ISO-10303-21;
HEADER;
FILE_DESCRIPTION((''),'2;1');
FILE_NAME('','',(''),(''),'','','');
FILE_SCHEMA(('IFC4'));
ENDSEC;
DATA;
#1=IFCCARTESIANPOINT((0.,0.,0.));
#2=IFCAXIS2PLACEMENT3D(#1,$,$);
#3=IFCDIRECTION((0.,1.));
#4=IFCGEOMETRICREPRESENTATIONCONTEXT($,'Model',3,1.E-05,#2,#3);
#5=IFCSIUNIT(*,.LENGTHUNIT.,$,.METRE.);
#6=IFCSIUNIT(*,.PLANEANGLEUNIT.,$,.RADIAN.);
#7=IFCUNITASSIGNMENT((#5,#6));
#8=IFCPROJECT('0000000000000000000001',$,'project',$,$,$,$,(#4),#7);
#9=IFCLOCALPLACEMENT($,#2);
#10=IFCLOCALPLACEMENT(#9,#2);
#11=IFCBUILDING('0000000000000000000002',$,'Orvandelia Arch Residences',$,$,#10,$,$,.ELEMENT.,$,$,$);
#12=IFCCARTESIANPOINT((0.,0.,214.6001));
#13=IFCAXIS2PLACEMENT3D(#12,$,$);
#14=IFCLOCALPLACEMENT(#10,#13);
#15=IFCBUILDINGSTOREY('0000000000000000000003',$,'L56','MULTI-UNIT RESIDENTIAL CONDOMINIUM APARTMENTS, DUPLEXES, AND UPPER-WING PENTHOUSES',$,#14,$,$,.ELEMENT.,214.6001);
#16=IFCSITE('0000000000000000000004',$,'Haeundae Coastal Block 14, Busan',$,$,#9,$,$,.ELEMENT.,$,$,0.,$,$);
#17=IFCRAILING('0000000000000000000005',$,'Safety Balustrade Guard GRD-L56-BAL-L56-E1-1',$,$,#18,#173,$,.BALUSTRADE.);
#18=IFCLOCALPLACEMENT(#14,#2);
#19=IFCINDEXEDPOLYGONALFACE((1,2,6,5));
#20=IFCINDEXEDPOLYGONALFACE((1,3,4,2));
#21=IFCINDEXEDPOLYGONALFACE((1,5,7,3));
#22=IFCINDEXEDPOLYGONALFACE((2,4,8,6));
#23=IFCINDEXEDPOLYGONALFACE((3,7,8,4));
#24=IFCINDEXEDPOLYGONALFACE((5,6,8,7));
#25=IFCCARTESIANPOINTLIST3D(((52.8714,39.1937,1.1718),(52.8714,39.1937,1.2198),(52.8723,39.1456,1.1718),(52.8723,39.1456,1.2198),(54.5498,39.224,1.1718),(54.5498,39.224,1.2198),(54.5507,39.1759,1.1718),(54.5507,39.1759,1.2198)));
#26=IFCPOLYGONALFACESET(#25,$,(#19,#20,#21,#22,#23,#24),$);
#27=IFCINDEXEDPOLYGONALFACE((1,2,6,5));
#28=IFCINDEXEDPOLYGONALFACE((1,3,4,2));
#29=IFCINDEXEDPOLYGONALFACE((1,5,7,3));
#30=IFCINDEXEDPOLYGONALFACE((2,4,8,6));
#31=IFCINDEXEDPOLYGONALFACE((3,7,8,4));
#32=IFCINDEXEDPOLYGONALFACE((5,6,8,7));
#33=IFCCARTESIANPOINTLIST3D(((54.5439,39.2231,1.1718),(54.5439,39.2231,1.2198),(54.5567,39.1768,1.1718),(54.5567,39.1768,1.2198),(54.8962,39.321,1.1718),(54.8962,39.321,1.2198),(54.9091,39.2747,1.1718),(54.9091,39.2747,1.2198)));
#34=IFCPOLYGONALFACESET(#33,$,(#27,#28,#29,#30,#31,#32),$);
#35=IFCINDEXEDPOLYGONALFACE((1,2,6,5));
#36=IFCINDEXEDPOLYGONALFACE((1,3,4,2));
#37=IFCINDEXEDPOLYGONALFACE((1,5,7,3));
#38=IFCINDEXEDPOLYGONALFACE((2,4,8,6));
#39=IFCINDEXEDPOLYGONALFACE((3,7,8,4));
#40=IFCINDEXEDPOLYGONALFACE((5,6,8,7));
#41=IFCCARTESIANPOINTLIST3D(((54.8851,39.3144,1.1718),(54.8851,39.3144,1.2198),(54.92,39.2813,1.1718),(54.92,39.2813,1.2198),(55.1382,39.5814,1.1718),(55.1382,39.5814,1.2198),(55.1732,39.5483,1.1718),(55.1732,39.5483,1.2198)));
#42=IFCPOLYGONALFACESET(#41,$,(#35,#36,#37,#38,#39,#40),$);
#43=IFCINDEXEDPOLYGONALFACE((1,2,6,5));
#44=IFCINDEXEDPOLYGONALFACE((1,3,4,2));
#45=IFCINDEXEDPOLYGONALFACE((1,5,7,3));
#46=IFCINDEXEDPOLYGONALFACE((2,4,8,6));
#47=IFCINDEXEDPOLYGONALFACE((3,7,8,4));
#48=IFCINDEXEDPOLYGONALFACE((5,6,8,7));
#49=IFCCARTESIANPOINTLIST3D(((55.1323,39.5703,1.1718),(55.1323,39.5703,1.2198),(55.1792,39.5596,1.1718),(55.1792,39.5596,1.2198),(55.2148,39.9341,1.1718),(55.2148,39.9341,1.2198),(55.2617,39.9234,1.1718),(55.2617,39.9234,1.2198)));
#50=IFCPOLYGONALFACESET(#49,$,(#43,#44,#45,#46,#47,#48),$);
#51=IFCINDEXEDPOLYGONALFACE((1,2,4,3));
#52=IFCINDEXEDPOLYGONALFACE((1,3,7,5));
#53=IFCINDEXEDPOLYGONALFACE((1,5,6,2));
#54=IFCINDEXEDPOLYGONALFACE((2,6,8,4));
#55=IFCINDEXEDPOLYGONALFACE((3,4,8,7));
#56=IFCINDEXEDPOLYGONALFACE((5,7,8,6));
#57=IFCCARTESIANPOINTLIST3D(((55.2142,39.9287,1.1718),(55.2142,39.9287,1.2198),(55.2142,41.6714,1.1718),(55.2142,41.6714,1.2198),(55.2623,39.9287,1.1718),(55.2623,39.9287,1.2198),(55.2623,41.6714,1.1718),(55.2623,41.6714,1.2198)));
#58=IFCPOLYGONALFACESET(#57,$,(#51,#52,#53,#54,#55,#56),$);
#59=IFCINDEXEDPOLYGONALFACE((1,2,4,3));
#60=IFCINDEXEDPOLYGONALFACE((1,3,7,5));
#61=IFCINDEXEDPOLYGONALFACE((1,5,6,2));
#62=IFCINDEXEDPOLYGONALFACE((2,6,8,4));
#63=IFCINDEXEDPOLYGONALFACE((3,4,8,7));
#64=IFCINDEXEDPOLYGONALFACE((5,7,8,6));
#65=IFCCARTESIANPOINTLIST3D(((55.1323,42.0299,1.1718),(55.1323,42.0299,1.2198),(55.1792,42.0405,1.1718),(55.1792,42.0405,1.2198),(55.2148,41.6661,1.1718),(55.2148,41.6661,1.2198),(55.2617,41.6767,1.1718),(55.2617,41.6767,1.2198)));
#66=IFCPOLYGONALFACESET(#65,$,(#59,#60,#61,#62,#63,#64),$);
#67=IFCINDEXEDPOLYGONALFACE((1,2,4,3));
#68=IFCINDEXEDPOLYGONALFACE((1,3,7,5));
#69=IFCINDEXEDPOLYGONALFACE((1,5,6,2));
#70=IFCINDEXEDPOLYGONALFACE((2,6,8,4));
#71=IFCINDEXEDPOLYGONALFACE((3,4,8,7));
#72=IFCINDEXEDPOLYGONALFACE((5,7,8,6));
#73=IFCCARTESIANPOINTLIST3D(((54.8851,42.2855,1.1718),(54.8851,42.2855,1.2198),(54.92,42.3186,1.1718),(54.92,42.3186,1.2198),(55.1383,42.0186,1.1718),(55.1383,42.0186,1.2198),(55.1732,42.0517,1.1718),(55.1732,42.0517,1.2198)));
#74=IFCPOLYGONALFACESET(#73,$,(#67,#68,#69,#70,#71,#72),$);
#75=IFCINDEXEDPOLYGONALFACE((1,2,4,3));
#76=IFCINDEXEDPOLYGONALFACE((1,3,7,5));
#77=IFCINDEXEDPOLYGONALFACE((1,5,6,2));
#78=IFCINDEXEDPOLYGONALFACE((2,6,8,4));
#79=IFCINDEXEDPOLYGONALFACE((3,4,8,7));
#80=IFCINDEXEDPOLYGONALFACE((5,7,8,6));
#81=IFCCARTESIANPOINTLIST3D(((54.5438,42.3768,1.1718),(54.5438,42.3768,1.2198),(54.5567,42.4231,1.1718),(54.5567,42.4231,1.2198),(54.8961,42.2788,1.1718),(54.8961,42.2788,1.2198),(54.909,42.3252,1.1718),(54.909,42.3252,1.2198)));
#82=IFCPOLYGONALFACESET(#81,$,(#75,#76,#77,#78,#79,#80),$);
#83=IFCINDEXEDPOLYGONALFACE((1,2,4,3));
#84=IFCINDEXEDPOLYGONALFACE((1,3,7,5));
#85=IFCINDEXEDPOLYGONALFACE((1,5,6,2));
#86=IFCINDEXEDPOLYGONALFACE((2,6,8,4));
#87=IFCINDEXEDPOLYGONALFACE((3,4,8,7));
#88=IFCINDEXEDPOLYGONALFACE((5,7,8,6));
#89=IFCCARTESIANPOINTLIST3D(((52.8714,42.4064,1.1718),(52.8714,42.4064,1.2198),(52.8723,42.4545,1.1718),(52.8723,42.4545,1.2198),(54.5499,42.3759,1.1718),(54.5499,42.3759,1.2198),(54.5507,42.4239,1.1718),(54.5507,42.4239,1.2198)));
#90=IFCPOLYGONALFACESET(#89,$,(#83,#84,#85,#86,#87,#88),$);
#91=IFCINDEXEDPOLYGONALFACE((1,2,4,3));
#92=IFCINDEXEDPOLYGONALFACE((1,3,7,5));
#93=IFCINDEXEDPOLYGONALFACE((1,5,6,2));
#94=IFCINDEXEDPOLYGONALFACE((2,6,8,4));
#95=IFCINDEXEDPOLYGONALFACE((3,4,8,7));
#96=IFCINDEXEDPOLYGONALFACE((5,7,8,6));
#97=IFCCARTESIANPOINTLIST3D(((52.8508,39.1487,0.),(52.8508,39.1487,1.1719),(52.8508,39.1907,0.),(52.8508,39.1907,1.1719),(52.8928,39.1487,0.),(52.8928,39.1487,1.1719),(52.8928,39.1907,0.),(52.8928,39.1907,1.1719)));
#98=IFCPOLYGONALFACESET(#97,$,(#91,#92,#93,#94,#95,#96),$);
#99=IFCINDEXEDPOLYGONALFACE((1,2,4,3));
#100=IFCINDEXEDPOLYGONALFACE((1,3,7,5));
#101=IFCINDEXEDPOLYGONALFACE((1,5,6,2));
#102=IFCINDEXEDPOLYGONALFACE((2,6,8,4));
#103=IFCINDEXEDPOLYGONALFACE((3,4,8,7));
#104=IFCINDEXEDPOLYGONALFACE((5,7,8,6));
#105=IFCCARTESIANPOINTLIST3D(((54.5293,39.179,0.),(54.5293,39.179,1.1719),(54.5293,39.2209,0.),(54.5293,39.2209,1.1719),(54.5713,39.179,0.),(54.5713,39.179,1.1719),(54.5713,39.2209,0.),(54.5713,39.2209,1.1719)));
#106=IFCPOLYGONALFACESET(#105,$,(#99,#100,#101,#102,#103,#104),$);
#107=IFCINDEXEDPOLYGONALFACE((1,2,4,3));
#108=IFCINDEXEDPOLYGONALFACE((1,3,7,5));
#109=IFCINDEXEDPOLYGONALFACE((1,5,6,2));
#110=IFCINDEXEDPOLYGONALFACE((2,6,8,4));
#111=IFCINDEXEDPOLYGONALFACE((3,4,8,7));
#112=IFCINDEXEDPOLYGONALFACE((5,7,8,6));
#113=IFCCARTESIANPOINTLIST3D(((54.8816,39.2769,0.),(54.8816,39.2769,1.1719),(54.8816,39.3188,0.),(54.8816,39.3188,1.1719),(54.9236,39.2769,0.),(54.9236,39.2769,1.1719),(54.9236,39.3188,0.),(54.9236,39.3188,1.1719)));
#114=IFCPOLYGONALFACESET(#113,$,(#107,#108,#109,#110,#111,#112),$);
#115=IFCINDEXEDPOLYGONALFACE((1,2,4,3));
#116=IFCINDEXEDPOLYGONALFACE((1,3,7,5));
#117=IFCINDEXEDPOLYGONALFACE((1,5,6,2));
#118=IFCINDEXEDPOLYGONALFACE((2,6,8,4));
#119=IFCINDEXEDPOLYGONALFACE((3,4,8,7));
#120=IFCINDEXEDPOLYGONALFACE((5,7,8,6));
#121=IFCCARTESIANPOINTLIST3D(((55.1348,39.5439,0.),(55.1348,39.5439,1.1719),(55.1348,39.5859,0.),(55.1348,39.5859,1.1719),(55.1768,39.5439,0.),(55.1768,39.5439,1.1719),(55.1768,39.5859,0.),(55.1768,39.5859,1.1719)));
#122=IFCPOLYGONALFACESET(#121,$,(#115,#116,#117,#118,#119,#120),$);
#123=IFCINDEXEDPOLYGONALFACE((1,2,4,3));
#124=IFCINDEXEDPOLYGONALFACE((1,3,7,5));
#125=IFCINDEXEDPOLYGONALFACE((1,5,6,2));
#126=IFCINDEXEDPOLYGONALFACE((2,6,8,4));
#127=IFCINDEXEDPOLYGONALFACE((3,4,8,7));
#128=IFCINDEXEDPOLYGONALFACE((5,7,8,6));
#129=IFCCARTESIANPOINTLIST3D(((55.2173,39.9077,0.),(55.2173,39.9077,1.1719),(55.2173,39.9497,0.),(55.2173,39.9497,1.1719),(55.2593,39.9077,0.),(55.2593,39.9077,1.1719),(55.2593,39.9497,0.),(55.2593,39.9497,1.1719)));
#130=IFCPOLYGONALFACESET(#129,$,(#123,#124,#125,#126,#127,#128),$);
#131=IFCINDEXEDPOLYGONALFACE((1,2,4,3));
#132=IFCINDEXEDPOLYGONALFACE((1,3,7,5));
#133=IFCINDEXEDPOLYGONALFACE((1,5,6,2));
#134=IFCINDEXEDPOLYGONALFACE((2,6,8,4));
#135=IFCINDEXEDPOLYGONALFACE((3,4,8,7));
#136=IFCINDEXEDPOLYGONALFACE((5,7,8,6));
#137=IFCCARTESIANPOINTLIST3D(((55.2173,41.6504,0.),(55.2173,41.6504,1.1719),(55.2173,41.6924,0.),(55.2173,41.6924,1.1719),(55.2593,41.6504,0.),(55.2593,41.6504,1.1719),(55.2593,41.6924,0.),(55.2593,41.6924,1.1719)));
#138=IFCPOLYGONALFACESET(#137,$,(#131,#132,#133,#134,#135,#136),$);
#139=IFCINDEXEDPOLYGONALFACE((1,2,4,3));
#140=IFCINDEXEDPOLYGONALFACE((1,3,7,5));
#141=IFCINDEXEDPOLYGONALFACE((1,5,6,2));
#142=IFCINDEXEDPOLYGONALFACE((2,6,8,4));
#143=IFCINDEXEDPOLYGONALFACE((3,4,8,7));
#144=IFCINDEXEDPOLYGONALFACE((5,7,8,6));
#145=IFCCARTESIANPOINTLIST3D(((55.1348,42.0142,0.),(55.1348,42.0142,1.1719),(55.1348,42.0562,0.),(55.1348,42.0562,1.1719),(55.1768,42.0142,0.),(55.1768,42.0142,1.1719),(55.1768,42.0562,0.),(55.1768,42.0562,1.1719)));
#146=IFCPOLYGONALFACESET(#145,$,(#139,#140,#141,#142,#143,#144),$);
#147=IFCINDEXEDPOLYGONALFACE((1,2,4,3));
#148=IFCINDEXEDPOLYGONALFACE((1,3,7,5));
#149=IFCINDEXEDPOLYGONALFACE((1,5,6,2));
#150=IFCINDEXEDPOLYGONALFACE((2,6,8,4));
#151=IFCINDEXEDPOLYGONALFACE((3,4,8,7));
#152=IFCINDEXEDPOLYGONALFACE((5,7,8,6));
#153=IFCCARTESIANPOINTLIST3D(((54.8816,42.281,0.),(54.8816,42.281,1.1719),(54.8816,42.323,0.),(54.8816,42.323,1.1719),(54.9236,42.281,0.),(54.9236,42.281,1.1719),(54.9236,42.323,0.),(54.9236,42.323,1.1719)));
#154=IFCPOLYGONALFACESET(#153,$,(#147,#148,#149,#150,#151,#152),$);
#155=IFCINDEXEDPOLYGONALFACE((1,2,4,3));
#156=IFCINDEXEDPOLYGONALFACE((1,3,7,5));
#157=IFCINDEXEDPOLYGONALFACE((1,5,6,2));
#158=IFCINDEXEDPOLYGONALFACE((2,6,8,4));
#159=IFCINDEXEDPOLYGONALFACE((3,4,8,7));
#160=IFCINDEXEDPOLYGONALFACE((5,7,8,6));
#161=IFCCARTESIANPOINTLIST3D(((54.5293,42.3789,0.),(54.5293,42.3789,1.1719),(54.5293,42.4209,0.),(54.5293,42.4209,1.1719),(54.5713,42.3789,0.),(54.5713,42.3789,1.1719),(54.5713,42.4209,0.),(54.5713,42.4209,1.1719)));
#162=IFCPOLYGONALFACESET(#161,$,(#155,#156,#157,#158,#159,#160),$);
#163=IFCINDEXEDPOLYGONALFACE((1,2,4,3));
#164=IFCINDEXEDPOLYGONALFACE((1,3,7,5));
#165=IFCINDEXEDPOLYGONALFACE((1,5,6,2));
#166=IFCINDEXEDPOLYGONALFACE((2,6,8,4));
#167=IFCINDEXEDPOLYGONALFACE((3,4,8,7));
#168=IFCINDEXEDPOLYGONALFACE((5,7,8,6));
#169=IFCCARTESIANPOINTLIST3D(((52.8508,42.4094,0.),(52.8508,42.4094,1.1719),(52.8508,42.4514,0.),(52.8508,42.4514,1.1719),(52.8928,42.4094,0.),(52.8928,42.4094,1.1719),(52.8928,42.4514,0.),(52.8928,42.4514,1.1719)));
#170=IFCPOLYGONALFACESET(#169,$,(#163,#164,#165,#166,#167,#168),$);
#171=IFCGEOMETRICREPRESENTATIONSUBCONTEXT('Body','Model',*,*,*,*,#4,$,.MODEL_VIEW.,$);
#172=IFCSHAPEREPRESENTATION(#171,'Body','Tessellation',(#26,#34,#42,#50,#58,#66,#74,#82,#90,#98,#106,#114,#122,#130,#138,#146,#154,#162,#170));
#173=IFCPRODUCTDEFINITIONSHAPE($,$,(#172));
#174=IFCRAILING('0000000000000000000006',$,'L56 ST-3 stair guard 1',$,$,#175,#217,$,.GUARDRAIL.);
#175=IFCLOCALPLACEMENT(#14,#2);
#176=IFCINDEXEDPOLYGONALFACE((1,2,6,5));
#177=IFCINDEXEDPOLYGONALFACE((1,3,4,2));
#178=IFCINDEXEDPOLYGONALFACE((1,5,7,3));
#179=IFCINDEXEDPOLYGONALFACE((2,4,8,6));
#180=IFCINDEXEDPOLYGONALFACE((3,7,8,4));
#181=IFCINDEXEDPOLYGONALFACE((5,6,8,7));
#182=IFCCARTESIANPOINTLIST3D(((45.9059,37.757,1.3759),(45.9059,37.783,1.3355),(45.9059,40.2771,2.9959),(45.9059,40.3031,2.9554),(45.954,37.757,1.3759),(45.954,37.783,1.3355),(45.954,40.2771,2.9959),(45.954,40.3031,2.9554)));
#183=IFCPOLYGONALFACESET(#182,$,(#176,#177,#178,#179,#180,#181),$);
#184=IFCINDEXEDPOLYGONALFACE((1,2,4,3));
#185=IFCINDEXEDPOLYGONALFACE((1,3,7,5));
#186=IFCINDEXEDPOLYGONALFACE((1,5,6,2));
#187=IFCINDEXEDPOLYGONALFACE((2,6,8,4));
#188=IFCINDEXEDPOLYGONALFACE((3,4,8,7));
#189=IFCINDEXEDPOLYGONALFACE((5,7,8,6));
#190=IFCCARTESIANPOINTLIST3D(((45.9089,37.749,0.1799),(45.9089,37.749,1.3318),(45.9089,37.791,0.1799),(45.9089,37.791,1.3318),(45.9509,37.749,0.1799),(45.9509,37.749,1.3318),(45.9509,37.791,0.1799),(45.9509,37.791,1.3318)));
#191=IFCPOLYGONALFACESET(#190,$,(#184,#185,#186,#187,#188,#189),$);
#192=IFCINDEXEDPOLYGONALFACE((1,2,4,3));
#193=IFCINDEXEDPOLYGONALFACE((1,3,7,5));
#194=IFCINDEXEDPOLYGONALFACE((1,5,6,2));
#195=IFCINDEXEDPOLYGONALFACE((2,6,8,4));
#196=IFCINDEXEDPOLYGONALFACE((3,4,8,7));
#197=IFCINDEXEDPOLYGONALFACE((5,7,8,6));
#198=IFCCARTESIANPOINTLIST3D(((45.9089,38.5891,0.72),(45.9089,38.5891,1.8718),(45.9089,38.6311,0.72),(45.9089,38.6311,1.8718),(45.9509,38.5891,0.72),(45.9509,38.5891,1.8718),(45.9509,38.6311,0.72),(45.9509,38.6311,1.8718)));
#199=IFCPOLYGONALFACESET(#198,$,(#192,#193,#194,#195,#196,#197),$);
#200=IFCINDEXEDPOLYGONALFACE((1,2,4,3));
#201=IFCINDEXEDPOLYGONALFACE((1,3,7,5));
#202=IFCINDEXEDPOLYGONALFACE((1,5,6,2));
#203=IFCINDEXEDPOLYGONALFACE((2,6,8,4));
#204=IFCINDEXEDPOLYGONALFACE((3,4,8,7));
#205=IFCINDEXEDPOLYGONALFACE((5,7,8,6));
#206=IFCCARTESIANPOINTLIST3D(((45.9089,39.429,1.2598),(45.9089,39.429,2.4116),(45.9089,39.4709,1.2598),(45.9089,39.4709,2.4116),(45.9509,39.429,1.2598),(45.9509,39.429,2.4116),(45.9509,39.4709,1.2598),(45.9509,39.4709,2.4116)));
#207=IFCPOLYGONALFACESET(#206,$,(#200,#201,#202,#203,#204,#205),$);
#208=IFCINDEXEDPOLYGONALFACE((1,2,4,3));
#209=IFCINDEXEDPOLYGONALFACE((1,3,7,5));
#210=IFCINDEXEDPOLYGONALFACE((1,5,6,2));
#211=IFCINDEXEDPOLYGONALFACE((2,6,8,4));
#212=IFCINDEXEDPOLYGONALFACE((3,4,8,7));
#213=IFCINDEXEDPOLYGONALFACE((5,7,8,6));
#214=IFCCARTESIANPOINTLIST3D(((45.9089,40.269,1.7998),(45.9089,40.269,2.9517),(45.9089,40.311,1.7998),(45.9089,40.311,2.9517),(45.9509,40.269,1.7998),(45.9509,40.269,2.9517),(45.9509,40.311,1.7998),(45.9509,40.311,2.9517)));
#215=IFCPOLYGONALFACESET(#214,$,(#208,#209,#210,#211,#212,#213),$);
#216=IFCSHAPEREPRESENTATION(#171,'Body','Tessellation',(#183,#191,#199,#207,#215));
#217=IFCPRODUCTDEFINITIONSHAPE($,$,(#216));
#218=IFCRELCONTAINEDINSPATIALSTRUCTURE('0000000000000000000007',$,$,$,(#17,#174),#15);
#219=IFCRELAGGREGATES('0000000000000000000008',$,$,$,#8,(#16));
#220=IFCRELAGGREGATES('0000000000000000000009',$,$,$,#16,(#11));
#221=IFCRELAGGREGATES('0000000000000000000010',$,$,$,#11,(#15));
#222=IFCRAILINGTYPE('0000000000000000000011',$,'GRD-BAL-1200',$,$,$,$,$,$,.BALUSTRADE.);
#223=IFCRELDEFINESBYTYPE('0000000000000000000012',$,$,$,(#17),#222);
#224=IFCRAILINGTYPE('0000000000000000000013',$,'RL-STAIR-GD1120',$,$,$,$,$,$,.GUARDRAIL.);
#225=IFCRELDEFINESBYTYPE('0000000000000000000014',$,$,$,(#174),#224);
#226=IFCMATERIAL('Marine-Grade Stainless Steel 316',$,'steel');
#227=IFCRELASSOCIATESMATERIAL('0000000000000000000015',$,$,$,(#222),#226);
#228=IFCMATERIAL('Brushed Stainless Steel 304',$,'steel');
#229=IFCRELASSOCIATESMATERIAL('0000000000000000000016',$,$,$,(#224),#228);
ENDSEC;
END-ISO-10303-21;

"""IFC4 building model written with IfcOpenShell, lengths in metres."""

from ifc_helpers import new_model, si_unit, direction, frame, origin, origin_2d, place, context, subcontext, project, spatial, rectangle, extrude, material, type_object, element, save


model = new_model("IFC4")

# Units and contexts
model_context = context("Model", 3, precision=1e-05, world=origin(), true_north=direction((0.0, 1.0)))
body_context = subcontext(model_context, "Body", "Model", "MODEL_VIEW")
ifc_project = project(units=[si_unit("LENGTHUNIT", "METRE"), si_unit("PLANEANGLEUNIT", "RADIAN")], contexts=[model_context])

# Site, building, storey
site_placement = place(None, origin())
site = spatial("IfcSite", under=ifc_project, at=site_placement, Name="Haeundae Coastal Block 14, Busan", CompositionType="ELEMENT", RefElevation=0.0)
building_placement = place(site_placement, origin())
building = spatial("IfcBuilding", under=site, at=building_placement, Name="Orvandelia Arch Residences", CompositionType="ELEMENT")
storey_placement = place(building_placement, frame((0.0, 0.0, 214.6001)))
storey = spatial("IfcBuildingStorey", under=building, at=storey_placement, Name="L56", Description="MULTI-UNIT RESIDENTIAL CONDOMINIUM APARTMENTS, DUPLEXES, AND UPPER-WING PENTHOUSES", CompositionType="ELEMENT", Elevation=214.6001)

# Railings
ifc_material_1 = material(Name="Marine-Grade Stainless Steel 316", Category="steel")
railing_type_1 = type_object("IfcRailingType", Name="GRD-BAL-1200", PredefinedType="BALUSTRADE", material=ifc_material_1)
railing_1_placement = place(storey_placement, frame((52.8718, 39.1697, 0.0)))
element("IfcRailing", 1, at=railing_1_placement, inside=storey, type_object=railing_type_1, Name="Safety Balustrade Guard GRD-L56-BAL-L56-E1-1", PredefinedType="BALUSTRADE", context=body_context, shape_type="SweptSolid", body=[
    extrude(rectangle(XDim=0.0481, YDim=0.0481, at=origin_2d()), frame((0.0, 0.0, 1.1958), z_axis=(0.999837, 0.018033, 0.0), x_axis=(-0.018033, 0.999837, 0.0)), (0.0, 0.0, 1.0), 1.6787),
    extrude(rectangle(XDim=0.0481, YDim=0.0481, at=origin_2d()), frame((1.6785, 0.0303, 1.1958), z_axis=(0.963489, 0.267747, 0.0), x_axis=(-0.267747, 0.963489, 0.0)), (0.0, 0.0, 1.0), 0.3657),
    extrude(rectangle(XDim=0.0481, YDim=0.0481, at=origin_2d()), frame((2.0308, 0.1282, 1.1958), z_axis=(0.687947, 0.725761, 0.0), x_axis=(-0.725761, 0.687947, 0.0)), (0.0, 0.0, 1.0), 0.3679),
    extrude(rectangle(XDim=0.0481, YDim=0.0481, at=origin_2d()), frame((2.2839, 0.3953, 1.1958), z_axis=(0.221225, 0.975223, 0.0), x_axis=(-0.975223, 0.221225, 0.0)), (0.0, 0.0, 1.0), 0.373),
    extrude(rectangle(XDim=0.0481, YDim=0.0481, at=origin_2d()), frame((2.3665, 0.759, 1.1958), z_axis=(0.0, 1.0, 0.0), x_axis=(-1.0, 0.0, 0.0)), (0.0, 0.0, 1.0), 1.7427),
    extrude(rectangle(XDim=0.0481, YDim=0.0481, at=origin_2d()), frame((2.3665, 2.5017, 1.1958), z_axis=(-0.221225, 0.975223, 0.0), x_axis=(-0.975223, -0.221225, 0.0)), (0.0, 0.0, 1.0), 0.373),
    extrude(rectangle(XDim=0.0481, YDim=0.0481, at=origin_2d()), frame((2.2839, 2.8655, 1.1958), z_axis=(-0.688278, 0.725447, 0.0), x_axis=(-0.725447, -0.688278, 0.0)), (0.0, 0.0, 1.0), 0.3679),
    extrude(rectangle(XDim=0.0481, YDim=0.0481, at=origin_2d()), frame((2.0308, 3.1323, 1.1958), z_axis=(-0.963489, 0.267747, 0.0), x_axis=(-0.267747, -0.963489, 0.0)), (0.0, 0.0, 1.0), 0.3657),
    extrude(rectangle(XDim=0.0481, YDim=0.0481, at=origin_2d()), frame((1.6785, 3.2302, 1.1958), z_axis=(-0.999835, 0.018179, 0.0), x_axis=(-0.018179, -0.999835, 0.0)), (0.0, 0.0, 1.0), 1.6787),
    extrude(rectangle(XDim=0.042, YDim=0.042, at=origin_2d()), origin(), (0.0, 0.0, 1.0), 1.1719),
    extrude(rectangle(XDim=0.042, YDim=0.042, at=origin_2d()), frame((1.6785, 0.0303, 0.0)), (0.0, 0.0, 1.0), 1.1719),
    extrude(rectangle(XDim=0.042, YDim=0.042, at=origin_2d()), frame((2.0308, 0.1282, 0.0)), (0.0, 0.0, 1.0), 1.1719),
    extrude(rectangle(XDim=0.042, YDim=0.042, at=origin_2d()), frame((2.2839, 0.3953, 0.0)), (0.0, 0.0, 1.0), 1.1719),
    extrude(rectangle(XDim=0.042, YDim=0.042, at=origin_2d()), frame((2.3665, 0.759, 0.0)), (0.0, 0.0, 1.0), 1.1719),
    extrude(rectangle(XDim=0.042, YDim=0.042, at=origin_2d()), frame((2.3665, 2.5017, 0.0)), (0.0, 0.0, 1.0), 1.1719),
    extrude(rectangle(XDim=0.042, YDim=0.042, at=origin_2d()), frame((2.2839, 2.8655, 0.0)), (0.0, 0.0, 1.0), 1.1719),
    extrude(rectangle(XDim=0.042, YDim=0.042, at=origin_2d()), frame((2.0308, 3.1323, 0.0)), (0.0, 0.0, 1.0), 1.1719),
    extrude(rectangle(XDim=0.042, YDim=0.042, at=origin_2d()), frame((1.6785, 3.2302, 0.0)), (0.0, 0.0, 1.0), 1.1719),
    extrude(rectangle(XDim=0.042, YDim=0.042, at=origin_2d()), frame((0.0, 3.2607, 0.0)), (0.0, 0.0, 1.0), 1.1719),
])
ifc_material_2 = material(Name="Brushed Stainless Steel 304", Category="steel")
railing_type_2 = type_object("IfcRailingType", Name="RL-STAIR-GD1120", PredefinedType="GUARDRAIL", material=ifc_material_2)
railing_2_placement = place(storey_placement, frame((45.9299, 37.77, 0.1799)))
element("IfcRailing", 2, at=railing_2_placement, inside=storey, type_object=railing_type_2, Name="L56 ST-3 stair guard 1", PredefinedType="GUARDRAIL", context=body_context, shape_type="SweptSolid", body=[
    extrude(rectangle(XDim=0.0481, YDim=0.0481, at=origin_2d()), frame((0.0, 0.0, 1.1758), z_axis=(0.0, 0.8412, 0.540725), x_axis=(-1.0, 0.0, 0.0)), (0.0, 0.0, 1.0), 2.9958),
    extrude(rectangle(XDim=0.042, YDim=0.042, at=origin_2d()), origin(), (0.0, 0.0, 1.0), 1.1519),
    extrude(rectangle(XDim=0.042, YDim=0.042, at=origin_2d()), frame((0.0, 0.8401, 0.54)), (0.0, 0.0, 1.0), 1.1519),
    extrude(rectangle(XDim=0.042, YDim=0.042, at=origin_2d()), frame((0.0, 1.6799, 1.0798)), (0.0, 0.0, 1.0), 1.1519),
    extrude(rectangle(XDim=0.042, YDim=0.042, at=origin_2d()), frame((0.0, 2.52, 1.6199)), (0.0, 0.0, 1.0), 1.1519),
])

save(model, "model.ifc")
